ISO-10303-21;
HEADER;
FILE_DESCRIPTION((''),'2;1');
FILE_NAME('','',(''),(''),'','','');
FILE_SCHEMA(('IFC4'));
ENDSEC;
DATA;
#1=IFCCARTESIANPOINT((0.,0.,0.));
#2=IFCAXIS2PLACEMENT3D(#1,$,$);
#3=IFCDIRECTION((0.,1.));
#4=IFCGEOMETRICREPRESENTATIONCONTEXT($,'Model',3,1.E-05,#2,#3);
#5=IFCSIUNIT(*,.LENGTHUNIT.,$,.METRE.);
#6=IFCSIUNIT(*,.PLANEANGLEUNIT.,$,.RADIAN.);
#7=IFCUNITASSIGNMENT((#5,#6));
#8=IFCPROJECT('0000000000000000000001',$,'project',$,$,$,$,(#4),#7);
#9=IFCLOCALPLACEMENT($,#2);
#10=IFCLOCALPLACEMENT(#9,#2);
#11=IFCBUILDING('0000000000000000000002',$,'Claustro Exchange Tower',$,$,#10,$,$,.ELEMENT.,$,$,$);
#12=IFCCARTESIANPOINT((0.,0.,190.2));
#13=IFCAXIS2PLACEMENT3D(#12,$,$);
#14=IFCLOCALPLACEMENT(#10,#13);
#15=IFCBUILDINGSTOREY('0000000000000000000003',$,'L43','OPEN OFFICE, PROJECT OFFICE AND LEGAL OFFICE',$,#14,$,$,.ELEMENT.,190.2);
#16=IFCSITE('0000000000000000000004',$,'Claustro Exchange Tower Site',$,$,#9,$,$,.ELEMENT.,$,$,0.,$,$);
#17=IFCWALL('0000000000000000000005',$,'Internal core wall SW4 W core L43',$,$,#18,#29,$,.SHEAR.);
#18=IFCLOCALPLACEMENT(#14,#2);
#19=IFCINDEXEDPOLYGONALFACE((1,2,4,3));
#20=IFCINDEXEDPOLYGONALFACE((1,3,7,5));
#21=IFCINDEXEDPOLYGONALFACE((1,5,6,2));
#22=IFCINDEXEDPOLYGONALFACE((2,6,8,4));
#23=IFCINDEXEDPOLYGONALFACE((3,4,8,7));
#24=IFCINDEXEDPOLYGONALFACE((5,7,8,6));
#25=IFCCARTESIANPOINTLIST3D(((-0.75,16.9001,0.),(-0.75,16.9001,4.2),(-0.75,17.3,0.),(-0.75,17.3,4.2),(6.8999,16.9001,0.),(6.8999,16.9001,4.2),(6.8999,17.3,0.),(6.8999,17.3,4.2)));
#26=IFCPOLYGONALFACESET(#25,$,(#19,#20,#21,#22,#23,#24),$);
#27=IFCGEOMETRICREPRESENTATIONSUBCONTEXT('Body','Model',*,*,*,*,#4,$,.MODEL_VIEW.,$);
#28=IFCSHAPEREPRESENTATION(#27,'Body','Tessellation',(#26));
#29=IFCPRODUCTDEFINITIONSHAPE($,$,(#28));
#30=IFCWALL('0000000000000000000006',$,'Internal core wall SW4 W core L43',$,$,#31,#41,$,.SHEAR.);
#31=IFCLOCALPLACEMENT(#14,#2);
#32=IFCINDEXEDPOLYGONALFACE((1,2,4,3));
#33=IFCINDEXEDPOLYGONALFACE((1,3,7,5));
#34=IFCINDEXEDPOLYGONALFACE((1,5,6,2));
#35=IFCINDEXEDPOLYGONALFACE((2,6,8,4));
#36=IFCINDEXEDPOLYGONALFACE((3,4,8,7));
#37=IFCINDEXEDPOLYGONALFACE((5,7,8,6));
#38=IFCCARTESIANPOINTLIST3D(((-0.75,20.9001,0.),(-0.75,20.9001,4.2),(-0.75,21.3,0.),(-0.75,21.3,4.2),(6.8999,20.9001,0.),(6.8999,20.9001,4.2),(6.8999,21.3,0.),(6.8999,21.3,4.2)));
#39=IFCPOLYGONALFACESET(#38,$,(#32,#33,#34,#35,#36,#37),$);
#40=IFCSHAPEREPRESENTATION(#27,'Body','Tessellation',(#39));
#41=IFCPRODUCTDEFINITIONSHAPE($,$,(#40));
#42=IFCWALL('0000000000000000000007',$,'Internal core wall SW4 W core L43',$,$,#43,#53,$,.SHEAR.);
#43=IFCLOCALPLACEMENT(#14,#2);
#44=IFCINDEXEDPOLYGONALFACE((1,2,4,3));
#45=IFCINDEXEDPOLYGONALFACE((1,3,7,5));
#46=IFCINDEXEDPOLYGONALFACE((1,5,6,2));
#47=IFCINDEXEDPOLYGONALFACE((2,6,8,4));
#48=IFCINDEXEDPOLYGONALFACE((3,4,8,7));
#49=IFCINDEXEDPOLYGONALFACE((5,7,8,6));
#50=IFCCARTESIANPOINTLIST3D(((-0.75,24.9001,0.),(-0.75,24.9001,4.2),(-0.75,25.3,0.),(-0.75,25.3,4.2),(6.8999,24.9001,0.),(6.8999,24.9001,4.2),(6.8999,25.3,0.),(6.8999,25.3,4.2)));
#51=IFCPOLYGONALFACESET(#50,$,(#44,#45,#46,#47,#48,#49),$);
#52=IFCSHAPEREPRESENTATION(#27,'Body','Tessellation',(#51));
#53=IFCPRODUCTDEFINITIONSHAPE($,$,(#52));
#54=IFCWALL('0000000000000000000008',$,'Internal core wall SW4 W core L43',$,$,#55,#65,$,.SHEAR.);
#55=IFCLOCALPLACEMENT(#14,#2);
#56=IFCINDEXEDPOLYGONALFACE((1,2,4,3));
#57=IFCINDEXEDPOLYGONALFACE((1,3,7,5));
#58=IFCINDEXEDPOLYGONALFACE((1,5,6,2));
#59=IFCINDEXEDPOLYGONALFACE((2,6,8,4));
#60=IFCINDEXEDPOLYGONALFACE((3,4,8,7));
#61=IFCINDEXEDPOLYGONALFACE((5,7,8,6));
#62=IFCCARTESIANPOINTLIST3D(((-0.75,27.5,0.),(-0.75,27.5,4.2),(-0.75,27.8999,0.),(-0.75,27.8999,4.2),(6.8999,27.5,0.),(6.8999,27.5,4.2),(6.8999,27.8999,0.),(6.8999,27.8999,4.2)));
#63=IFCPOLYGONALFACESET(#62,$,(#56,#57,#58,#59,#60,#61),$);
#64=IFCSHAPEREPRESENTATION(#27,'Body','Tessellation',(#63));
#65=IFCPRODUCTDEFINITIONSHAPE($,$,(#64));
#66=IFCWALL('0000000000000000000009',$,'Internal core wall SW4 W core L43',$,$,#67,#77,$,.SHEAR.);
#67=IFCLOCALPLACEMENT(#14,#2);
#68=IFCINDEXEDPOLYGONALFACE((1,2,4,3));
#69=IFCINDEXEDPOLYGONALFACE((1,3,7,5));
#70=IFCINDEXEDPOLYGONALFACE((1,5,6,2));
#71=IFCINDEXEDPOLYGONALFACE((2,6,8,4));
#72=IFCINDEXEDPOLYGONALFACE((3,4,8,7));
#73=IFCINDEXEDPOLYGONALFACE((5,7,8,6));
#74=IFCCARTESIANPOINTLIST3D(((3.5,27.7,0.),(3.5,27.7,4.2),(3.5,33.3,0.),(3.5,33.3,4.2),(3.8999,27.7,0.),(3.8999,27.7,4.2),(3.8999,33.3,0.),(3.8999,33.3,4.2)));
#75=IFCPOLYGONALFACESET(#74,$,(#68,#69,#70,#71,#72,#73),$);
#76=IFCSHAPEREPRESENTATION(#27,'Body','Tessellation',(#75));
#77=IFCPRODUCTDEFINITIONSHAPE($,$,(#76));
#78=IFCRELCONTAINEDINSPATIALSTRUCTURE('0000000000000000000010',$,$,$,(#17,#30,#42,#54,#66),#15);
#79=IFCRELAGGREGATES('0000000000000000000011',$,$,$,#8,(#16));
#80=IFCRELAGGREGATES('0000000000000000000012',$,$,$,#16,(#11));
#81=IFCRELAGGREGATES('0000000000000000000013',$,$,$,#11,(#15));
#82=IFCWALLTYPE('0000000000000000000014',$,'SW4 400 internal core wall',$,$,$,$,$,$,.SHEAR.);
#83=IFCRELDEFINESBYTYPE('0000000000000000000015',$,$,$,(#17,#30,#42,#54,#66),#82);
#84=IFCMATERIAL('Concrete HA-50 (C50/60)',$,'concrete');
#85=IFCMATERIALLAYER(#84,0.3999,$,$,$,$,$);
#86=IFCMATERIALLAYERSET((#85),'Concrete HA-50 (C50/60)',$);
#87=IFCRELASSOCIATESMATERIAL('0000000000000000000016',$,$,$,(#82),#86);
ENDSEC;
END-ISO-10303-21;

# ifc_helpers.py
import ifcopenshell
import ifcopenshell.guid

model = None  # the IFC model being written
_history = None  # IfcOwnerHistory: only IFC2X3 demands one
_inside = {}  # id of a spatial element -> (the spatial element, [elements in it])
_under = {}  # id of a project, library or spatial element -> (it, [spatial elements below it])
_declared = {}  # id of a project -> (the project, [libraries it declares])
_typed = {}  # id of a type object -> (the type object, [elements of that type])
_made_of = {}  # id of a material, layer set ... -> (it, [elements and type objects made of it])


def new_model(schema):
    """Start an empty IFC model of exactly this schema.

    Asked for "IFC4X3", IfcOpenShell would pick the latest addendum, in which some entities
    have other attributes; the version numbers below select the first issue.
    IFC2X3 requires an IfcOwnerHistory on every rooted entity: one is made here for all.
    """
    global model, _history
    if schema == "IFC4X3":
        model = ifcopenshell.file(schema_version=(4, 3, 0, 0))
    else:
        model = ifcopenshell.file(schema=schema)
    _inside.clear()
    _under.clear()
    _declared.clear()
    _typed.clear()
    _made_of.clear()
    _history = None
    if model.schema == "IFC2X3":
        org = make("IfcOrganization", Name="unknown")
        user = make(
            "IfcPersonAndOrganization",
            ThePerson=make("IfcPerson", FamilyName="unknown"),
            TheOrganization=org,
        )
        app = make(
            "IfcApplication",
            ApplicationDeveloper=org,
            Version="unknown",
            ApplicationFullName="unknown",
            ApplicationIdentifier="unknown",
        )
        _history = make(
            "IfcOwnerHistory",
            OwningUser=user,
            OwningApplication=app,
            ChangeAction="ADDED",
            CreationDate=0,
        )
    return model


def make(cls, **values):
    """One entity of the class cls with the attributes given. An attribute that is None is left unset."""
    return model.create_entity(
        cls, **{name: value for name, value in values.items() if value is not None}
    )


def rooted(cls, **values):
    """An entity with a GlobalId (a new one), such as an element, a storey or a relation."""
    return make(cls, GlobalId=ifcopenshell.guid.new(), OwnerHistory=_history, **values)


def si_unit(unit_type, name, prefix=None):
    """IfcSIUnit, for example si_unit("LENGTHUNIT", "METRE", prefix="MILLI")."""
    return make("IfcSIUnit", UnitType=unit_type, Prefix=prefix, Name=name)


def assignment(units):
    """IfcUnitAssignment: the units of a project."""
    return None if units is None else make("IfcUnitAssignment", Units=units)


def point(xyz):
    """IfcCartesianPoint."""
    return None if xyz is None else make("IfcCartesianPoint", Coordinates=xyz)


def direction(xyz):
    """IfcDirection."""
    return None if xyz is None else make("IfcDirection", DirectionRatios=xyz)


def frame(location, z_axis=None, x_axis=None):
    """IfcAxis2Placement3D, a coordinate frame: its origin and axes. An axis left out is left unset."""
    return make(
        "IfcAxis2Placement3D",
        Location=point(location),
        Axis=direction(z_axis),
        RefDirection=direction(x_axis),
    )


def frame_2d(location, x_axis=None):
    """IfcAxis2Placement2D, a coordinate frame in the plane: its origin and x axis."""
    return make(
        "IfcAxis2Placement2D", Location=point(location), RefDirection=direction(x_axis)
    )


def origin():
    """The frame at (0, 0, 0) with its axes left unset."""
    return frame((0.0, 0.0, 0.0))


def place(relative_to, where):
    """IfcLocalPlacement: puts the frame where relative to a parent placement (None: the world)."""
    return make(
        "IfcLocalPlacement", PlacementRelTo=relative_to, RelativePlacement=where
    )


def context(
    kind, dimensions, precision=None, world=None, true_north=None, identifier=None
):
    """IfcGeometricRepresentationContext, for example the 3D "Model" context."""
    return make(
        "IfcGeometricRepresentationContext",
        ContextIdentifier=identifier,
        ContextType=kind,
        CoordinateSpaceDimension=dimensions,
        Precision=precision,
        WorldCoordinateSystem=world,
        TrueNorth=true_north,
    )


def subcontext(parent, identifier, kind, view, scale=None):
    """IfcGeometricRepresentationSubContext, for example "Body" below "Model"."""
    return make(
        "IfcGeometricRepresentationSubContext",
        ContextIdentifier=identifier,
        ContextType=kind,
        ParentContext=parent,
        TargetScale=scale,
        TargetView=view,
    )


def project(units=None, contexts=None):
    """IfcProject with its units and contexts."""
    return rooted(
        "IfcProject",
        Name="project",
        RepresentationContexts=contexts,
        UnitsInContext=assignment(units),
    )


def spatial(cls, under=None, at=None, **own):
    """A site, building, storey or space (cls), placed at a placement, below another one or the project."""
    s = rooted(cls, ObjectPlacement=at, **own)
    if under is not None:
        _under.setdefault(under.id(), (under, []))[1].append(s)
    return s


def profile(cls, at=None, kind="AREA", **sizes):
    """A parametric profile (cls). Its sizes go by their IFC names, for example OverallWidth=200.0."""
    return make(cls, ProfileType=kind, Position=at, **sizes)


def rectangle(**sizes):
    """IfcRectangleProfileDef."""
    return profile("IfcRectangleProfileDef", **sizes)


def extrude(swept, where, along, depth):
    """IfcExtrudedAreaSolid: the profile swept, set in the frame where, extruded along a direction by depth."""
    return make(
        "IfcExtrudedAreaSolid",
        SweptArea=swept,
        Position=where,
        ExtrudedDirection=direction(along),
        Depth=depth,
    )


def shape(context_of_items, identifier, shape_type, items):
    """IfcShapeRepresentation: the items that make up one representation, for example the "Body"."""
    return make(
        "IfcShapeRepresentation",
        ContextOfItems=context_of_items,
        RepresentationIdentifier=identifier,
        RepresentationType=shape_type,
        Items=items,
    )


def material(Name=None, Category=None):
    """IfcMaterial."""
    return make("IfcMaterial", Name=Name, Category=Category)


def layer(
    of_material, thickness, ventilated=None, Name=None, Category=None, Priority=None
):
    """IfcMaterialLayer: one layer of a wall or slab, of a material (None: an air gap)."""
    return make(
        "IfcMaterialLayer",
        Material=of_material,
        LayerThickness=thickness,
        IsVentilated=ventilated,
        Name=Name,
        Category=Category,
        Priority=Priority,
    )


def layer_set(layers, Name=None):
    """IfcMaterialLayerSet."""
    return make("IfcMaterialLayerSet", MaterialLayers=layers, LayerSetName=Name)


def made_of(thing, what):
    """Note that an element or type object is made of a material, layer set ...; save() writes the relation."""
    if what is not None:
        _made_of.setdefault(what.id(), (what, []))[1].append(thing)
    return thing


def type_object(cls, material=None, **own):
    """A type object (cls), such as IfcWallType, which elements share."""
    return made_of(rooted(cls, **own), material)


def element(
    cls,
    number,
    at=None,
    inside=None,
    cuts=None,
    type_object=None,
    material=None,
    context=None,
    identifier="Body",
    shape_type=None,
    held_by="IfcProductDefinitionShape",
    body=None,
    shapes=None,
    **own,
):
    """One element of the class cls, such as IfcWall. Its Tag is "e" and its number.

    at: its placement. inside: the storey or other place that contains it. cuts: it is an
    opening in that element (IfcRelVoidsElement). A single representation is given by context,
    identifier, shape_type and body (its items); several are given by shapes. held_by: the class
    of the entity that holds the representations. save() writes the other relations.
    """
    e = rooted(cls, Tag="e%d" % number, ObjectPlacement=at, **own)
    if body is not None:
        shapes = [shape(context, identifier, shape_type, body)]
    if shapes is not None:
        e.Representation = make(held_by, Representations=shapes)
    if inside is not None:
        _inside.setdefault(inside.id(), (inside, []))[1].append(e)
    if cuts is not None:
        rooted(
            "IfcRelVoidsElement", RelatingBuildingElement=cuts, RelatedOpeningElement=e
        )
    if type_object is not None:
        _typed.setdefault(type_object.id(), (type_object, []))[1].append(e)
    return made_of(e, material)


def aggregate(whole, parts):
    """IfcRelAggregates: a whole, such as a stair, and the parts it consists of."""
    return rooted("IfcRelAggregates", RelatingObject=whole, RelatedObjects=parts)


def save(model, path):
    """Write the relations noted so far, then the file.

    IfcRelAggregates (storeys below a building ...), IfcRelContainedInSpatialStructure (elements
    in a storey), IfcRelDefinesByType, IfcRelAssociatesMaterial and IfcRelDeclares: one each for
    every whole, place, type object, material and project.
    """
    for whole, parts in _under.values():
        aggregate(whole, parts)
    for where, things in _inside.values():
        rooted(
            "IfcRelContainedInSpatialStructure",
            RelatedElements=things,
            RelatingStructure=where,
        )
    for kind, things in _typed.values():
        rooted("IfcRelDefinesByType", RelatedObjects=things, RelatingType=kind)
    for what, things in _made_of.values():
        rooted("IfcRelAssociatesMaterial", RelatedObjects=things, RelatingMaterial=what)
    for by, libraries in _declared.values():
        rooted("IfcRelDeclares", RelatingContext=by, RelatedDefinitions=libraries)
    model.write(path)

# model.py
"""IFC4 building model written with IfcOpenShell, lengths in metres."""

from ifc_helpers import new_model, si_unit, direction, frame, frame_2d, origin, place, context, subcontext, project, spatial, rectangle, extrude, material, layer, layer_set, type_object, element, save


model = new_model("IFC4")

# Units and contexts
model_context = context("Model", 3, precision=1e-05, world=origin(), true_north=direction((0.0, 1.0)))
body_context = subcontext(model_context, "Body", "Model", "MODEL_VIEW")
ifc_project = project(units=[si_unit("LENGTHUNIT", "METRE"), si_unit("PLANEANGLEUNIT", "RADIAN")], contexts=[model_context])

# Site, building, storey
site_placement = place(None, origin())
site = spatial("IfcSite", under=ifc_project, at=site_placement, Name="Claustro Exchange Tower Site", CompositionType="ELEMENT", RefElevation=0.0)
building_placement = place(site_placement, origin())
building = spatial("IfcBuilding", under=site, at=building_placement, Name="Claustro Exchange Tower", CompositionType="ELEMENT")
storey_placement = place(building_placement, frame((0.0, 0.0, 190.2)))
storey = spatial("IfcBuildingStorey", under=building, at=storey_placement, Name="L43", Description="OPEN OFFICE, PROJECT OFFICE AND LEGAL OFFICE", CompositionType="ELEMENT", Elevation=190.2)

# Walls
ifc_material_1 = material(Name="Concrete HA-50 (C50/60)", Category="concrete")
ifc_layer_1 = layer(ifc_material_1, 0.3999)
ifc_layer_set_1 = layer_set([ifc_layer_1], Name="Concrete HA-50 (C50/60)")
wall_type_1 = type_object("IfcWallType", Name="SW4 400 internal core wall", PredefinedType="SHEAR", material=ifc_layer_set_1)
for number, where, z_axis, x_axis, name in (
    (1, (-0.75, 17.1001, 0.0), (0.0, 0.0, 1.0), (1.0, 0.0, 0.0), "Internal core wall SW4 W core L43"),
    (2, (-0.75, 21.1001, 0.0), (0.0, 0.0, 1.0), (1.0, 0.0, 0.0), "Internal core wall SW4 W core L43"),
    (3, (-0.75, 25.1001, 0.0), (0.0, 0.0, 1.0), (1.0, 0.0, 0.0), "Internal core wall SW4 W core L43"),
    (4, (-0.75, 27.7, 0.0), (0.0, 0.0, 1.0), (1.0, 0.0, 0.0), "Internal core wall SW4 W core L43"),
):
    element("IfcWall", number, at=place(storey_placement, frame(where, z_axis=z_axis, x_axis=x_axis)), inside=storey, type_object=wall_type_1, Name=name, PredefinedType="SHEAR", context=body_context, shape_type="SweptSolid", body=[
        extrude(rectangle(XDim=7.6499, YDim=0.3999, at=frame_2d((3.825, 0.0))), origin(), (0.0, 0.0, 1.0), 4.2),
    ])
wall_1_placement = place(storey_placement, frame((3.7, 27.7, 0.0), z_axis=(0.0, 0.0, 1.0), x_axis=(0.0, 1.0, 0.0)))
element("IfcWall", 5, at=wall_1_placement, inside=storey, type_object=wall_type_1, Name="Internal core wall SW4 W core L43", PredefinedType="SHEAR", context=body_context, shape_type="SweptSolid", body=[
    extrude(rectangle(XDim=5.6001, YDim=0.3999, at=frame_2d((2.8, 0.0))), origin(), (0.0, 0.0, 1.0), 4.2),
])

save(model, "model.ifc")
